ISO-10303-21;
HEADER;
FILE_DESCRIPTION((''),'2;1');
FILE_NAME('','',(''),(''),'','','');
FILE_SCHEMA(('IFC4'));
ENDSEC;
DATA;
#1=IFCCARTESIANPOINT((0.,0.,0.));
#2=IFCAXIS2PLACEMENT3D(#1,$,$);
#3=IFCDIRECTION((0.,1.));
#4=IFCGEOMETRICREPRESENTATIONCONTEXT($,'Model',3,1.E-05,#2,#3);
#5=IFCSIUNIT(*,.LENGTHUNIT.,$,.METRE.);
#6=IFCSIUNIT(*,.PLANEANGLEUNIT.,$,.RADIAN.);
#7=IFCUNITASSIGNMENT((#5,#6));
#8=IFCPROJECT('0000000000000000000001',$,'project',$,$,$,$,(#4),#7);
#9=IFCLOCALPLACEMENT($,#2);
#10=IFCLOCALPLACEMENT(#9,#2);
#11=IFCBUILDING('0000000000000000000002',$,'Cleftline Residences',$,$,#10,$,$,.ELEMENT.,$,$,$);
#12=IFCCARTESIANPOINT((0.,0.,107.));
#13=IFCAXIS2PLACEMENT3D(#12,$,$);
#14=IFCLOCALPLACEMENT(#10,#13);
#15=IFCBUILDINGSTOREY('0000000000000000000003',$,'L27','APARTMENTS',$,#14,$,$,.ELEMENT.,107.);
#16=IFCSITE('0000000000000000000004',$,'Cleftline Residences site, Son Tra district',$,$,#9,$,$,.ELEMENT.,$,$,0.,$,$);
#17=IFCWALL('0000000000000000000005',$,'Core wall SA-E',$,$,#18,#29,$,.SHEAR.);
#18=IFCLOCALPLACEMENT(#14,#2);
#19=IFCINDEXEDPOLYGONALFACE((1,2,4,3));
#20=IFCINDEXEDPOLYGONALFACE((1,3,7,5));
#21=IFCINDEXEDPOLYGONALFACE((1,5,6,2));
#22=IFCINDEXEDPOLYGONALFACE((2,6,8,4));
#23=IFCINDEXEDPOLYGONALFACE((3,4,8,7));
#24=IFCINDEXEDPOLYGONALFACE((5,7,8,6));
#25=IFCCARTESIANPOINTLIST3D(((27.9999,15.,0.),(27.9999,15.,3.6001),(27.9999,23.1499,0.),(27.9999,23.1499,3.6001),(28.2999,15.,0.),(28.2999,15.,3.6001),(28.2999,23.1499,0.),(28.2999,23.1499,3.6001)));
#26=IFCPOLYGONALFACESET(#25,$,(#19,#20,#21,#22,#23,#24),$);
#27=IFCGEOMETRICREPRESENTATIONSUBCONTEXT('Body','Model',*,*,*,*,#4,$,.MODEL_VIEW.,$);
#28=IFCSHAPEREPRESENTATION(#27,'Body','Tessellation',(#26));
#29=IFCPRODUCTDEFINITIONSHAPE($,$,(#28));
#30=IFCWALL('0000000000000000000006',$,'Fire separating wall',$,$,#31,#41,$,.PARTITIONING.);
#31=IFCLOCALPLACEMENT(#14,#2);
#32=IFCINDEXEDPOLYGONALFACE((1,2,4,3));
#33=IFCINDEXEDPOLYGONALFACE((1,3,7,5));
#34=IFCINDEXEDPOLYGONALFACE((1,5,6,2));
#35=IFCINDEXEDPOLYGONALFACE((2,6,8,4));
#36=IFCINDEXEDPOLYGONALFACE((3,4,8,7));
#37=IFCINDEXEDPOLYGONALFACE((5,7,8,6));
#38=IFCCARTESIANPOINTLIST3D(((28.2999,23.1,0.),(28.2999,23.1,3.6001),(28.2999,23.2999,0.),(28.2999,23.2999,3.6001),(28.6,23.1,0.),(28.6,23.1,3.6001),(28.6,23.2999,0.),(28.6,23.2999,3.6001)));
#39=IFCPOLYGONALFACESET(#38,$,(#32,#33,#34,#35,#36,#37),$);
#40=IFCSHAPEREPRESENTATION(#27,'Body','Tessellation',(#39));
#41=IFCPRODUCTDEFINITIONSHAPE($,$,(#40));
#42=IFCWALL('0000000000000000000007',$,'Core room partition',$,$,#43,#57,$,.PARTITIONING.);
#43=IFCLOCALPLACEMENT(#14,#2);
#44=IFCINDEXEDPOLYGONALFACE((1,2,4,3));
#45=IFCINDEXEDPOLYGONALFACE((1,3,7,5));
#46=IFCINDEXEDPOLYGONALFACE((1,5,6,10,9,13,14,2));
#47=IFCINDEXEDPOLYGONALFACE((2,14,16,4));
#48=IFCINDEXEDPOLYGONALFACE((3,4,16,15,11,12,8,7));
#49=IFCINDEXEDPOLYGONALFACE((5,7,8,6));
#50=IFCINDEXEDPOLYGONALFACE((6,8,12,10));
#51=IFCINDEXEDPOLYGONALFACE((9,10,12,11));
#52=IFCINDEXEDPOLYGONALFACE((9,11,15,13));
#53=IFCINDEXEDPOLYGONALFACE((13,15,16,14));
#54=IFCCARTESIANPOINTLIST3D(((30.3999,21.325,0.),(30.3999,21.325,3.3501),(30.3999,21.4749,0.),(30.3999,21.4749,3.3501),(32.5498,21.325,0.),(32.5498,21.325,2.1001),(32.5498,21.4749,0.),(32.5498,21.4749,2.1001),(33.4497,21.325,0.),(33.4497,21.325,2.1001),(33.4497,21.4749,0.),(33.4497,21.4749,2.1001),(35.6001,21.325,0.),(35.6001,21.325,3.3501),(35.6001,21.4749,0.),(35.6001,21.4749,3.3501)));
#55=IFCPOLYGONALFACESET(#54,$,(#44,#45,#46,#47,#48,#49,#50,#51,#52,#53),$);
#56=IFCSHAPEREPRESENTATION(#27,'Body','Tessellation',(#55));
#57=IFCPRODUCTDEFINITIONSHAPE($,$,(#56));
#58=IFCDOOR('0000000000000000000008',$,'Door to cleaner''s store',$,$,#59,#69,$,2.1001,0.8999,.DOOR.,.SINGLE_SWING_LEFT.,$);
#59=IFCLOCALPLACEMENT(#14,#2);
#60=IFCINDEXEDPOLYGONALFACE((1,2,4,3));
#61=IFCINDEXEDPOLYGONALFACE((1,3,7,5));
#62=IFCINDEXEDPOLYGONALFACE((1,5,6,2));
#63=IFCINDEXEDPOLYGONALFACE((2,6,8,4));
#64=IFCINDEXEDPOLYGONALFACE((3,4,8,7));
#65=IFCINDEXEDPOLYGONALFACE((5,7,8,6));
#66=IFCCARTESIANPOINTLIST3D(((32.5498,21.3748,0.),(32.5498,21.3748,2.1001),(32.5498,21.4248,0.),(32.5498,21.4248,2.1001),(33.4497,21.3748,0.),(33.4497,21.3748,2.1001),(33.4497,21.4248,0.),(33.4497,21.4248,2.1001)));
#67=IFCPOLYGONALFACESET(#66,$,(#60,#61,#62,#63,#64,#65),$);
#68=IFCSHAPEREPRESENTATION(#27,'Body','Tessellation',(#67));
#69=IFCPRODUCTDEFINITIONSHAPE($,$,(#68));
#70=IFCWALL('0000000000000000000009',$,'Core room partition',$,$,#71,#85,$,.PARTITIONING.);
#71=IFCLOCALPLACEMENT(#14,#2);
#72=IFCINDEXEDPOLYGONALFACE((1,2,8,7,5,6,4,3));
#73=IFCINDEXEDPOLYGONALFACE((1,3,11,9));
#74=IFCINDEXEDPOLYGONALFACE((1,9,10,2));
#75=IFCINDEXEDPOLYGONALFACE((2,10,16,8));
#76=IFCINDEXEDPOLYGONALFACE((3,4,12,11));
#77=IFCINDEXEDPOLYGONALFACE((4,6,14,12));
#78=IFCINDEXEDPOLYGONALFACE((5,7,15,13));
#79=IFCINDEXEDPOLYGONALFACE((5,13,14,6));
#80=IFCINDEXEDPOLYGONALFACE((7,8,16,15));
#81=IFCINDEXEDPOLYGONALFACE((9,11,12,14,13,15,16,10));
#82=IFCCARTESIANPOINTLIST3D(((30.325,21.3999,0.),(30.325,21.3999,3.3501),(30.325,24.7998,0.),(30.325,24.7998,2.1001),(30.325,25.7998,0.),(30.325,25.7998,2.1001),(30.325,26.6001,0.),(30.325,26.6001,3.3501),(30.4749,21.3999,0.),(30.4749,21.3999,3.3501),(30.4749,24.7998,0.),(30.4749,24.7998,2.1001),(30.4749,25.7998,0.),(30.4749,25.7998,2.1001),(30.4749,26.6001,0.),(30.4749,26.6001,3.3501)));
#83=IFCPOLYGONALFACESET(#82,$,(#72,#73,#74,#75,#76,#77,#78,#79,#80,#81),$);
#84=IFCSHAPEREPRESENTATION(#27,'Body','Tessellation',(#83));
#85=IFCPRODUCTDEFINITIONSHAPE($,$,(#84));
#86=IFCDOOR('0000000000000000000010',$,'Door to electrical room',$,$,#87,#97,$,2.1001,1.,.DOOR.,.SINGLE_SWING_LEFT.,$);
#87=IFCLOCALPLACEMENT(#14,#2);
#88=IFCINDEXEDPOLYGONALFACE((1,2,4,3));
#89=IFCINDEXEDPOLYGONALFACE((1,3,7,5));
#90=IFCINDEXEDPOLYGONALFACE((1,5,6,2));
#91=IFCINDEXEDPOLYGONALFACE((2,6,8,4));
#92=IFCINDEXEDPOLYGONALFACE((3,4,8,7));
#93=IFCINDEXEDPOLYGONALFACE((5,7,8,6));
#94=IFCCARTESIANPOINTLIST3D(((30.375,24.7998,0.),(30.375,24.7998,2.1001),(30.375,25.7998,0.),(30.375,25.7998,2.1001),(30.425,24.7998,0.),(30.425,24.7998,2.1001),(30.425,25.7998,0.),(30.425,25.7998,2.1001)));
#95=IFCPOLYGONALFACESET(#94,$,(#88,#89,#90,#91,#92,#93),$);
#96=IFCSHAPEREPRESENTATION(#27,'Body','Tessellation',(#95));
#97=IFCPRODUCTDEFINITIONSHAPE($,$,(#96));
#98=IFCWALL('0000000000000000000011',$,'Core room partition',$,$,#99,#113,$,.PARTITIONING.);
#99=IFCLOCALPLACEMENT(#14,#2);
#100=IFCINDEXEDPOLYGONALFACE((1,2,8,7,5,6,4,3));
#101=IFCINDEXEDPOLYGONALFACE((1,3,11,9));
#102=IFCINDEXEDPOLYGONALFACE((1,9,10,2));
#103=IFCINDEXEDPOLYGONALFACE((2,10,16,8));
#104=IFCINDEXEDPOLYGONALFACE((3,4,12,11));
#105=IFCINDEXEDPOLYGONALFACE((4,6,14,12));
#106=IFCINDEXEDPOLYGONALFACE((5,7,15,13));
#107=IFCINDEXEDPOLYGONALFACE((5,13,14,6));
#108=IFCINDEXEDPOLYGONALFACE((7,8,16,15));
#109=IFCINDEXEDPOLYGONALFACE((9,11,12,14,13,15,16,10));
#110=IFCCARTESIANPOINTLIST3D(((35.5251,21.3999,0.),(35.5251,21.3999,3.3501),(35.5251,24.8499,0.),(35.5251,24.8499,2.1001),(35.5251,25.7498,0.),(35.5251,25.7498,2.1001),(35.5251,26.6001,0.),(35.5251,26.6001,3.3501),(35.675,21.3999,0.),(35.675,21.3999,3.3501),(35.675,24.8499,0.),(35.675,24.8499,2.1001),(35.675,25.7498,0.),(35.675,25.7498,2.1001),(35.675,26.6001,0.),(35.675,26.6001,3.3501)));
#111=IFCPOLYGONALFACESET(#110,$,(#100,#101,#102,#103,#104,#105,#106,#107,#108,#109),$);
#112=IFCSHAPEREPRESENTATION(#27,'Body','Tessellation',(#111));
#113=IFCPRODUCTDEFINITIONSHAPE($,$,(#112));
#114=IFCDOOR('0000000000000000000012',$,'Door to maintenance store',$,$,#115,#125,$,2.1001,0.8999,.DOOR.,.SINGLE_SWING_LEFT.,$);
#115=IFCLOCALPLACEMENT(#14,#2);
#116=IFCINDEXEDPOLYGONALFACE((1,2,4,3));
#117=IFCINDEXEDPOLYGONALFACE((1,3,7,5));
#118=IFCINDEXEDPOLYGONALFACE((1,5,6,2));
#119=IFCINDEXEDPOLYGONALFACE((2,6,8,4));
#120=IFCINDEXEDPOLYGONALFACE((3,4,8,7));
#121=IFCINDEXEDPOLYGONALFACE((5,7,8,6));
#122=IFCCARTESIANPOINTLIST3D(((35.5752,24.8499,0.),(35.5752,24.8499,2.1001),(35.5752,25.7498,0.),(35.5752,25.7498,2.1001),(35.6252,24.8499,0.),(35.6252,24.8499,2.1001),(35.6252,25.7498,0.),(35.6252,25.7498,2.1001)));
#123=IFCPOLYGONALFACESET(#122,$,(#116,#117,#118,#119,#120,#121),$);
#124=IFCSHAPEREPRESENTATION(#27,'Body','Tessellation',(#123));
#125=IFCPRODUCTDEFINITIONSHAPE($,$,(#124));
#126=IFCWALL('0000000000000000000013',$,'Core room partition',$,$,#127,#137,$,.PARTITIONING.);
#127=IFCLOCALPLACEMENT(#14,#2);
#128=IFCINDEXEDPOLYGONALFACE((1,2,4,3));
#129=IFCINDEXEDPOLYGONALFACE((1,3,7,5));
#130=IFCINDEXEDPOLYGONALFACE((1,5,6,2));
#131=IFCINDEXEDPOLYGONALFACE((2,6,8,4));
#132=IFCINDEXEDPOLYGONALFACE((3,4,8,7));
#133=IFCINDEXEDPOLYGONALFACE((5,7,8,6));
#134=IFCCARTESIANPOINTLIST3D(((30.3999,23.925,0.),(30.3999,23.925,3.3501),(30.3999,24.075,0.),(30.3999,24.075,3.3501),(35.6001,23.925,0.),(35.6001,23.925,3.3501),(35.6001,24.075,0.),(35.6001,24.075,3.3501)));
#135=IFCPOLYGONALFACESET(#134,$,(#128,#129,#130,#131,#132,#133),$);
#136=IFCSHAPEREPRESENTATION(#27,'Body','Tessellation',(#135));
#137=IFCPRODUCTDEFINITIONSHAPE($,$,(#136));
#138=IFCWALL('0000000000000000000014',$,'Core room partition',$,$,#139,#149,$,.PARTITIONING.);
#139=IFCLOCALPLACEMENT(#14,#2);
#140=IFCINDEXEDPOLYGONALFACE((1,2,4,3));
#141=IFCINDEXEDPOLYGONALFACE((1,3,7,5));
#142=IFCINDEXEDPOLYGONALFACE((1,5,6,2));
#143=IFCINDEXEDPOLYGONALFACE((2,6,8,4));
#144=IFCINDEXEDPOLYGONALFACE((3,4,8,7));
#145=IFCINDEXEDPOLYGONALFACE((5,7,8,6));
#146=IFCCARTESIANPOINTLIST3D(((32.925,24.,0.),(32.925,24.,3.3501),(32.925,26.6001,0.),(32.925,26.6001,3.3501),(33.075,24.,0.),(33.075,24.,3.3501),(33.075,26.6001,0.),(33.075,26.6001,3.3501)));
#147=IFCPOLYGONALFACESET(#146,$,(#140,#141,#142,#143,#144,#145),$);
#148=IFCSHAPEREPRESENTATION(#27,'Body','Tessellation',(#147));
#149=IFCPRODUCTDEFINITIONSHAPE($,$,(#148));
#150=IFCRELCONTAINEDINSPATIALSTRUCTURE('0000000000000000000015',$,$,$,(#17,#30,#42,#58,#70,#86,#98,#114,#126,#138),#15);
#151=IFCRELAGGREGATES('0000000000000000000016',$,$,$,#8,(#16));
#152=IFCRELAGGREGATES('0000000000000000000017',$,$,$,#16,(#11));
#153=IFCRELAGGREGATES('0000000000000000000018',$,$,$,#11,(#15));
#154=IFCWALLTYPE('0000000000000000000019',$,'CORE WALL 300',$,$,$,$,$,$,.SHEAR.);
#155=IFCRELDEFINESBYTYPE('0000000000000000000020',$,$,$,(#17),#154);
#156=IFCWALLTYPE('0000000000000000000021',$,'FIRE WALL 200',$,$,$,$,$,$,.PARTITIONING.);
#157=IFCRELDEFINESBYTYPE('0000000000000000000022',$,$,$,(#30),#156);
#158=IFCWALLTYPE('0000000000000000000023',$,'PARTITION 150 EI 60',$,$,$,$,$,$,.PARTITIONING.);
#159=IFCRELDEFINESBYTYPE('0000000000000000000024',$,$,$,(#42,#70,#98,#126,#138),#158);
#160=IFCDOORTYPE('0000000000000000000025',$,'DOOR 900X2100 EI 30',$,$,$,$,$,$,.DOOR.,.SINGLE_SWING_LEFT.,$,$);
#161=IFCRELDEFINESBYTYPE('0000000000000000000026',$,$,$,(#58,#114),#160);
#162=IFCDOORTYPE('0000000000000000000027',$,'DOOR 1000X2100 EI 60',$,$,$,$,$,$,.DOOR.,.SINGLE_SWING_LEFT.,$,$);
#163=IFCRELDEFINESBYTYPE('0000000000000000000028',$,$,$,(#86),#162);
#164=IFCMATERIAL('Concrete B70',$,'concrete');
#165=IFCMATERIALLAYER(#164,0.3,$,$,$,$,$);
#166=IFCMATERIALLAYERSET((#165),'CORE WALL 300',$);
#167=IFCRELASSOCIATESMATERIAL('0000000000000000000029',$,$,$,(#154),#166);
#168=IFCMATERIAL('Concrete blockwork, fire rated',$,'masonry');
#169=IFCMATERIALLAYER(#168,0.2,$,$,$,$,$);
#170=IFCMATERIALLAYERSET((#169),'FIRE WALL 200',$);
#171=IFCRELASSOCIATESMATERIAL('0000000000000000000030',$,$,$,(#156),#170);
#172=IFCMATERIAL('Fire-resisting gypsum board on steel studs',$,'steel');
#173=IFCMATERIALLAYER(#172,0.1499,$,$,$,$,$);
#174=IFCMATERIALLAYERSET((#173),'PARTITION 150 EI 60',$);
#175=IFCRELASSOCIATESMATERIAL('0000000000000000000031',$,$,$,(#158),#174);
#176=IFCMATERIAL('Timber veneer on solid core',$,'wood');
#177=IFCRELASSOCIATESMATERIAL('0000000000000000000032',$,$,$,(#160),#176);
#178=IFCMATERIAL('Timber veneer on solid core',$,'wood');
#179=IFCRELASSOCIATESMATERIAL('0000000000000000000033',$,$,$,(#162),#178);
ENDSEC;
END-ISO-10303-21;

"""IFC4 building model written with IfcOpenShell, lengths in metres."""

from ifc_helpers import new_model, si_unit, direction, frame, frame_2d, origin, place, context, subcontext, project, spatial, rectangle, extrude, material, layer, layer_set, type_object, element, fill, save


model = new_model("IFC4")

# Units and contexts
model_context = context("Model", 3, precision=1e-05, world=origin(), true_north=direction((0.0, 1.0)))
body_context = subcontext(model_context, "Body", "Model", "MODEL_VIEW")
ifc_project = project(units=[si_unit("LENGTHUNIT", "METRE"), si_unit("PLANEANGLEUNIT", "RADIAN")], contexts=[model_context])

# Site, building, storey
site_placement = place(None, origin())
site = spatial("IfcSite", under=ifc_project, at=site_placement, Name="Cleftline Residences site, Son Tra district", CompositionType="ELEMENT", RefElevation=0.0)
building_placement = place(site_placement, origin())
building = spatial("IfcBuilding", under=site, at=building_placement, Name="Cleftline Residences", CompositionType="ELEMENT")
storey_placement = place(building_placement, frame((0.0, 0.0, 107.0)))
storey = spatial("IfcBuildingStorey", under=building, at=storey_placement, Name="L27", Description="APARTMENTS", CompositionType="ELEMENT", Elevation=107.0)

# Walls
ifc_material_1 = material(Name="Concrete B70", Category="concrete")
ifc_layer_1 = layer(ifc_material_1, 0.3)
ifc_layer_set_1 = layer_set([ifc_layer_1], Name="CORE WALL 300")
wall_type_1 = type_object("IfcWallType", Name="CORE WALL 300", PredefinedType="SHEAR", material=ifc_layer_set_1)
wall_1_placement = place(storey_placement, frame((28.1499, 15.0, 0.0), z_axis=(0.0, 0.0, 1.0), x_axis=(0.0, 1.0, 0.0)))
element("IfcWall", 1, at=wall_1_placement, inside=storey, type_object=wall_type_1, Name="Core wall SA-E", PredefinedType="SHEAR", context=body_context, shape_type="SweptSolid", body=[
    extrude(rectangle(XDim=8.1499, YDim=0.3, at=frame_2d((4.075, 0.0))), origin(), (0.0, 0.0, 1.0), 3.6001),
])
ifc_material_2 = material(Name="Concrete blockwork, fire rated", Category="masonry")
ifc_layer_2 = layer(ifc_material_2, 0.2)
ifc_layer_set_2 = layer_set([ifc_layer_2], Name="FIRE WALL 200")
wall_type_2 = type_object("IfcWallType", Name="FIRE WALL 200", PredefinedType="PARTITIONING", material=ifc_layer_set_2)
wall_2_placement = place(storey_placement, frame((28.3, 23.2, 0.0), z_axis=(0.0, 0.0, 1.0), x_axis=(1.0, 0.0, 0.0)))
element("IfcWall", 2, at=wall_2_placement, inside=storey, type_object=wall_type_2, Name="Fire separating wall", PredefinedType="PARTITIONING", context=body_context, shape_type="SweptSolid", body=[
    extrude(rectangle(XDim=0.3, YDim=0.2, at=frame_2d((0.1499, 0.0))), origin(), (0.0, 0.0, 1.0), 3.6001),
])

# Walls, openings, doors
ifc_material_3 = material(Name="Fire-resisting gypsum board on steel studs", Category="steel")
ifc_layer_3 = layer(ifc_material_3, 0.1499)
ifc_layer_set_3 = layer_set([ifc_layer_3], Name="PARTITION 150 EI 60")
wall_type_3 = type_object("IfcWallType", Name="PARTITION 150 EI 60", PredefinedType="PARTITIONING", material=ifc_layer_set_3)
wall_3_placement = place(storey_placement, frame((30.3999, 21.3999, 0.0), z_axis=(0.0, 0.0, 1.0), x_axis=(1.0, 0.0, 0.0)))
wall_3 = element("IfcWall", 3, at=wall_3_placement, inside=storey, type_object=wall_type_3, Name="Core room partition", PredefinedType="PARTITIONING", context=body_context, shape_type="SweptSolid", body=[
    extrude(rectangle(XDim=5.2002, YDim=0.1499, at=frame_2d((2.6001, 0.0))), origin(), (0.0, 0.0, 1.0), 3.3501),
])
opening_1_placement = place(wall_3_placement, frame((2.1499, 0.0, 0.0)))
opening_1 = element("IfcOpeningElement", 4, at=opening_1_placement, cuts=wall_3, PredefinedType="OPENING", context=body_context, shape_type="SweptSolid", body=[
    extrude(rectangle(XDim=0.8999, YDim=2.1001, at=frame_2d((0.45, 1.05))), frame((0.0, 0.085, 0.0), z_axis=(0.0, -1.0, 0.0), x_axis=(1.0, 0.0, 0.0)), (0.0, 0.0, 1.0), 0.1699),
])
ifc_material_4 = material(Name="Timber veneer on solid core", Category="wood")
door_type_1 = type_object("IfcDoorType", Name="DOOR 900X2100 EI 30", OperationType="SINGLE_SWING_LEFT", PredefinedType="DOOR", material=ifc_material_4)
door_1_placement = place(opening_1_placement, origin())
door_1 = element("IfcDoor", 5, at=door_1_placement, inside=storey, type_object=door_type_1, Name="Door to cleaner's store", OperationType="SINGLE_SWING_LEFT", OverallHeight=2.1001, OverallWidth=0.8999, PredefinedType="DOOR", context=body_context, shape_type="SweptSolid", body=[
    extrude(rectangle(XDim=0.8999, YDim=2.1001, at=frame_2d((0.45, 1.05))), frame((0.0, 0.0249, 0.0), z_axis=(0.0, -1.0, 0.0), x_axis=(1.0, 0.0, 0.0)), (0.0, 0.0, 1.0), 0.05),
])
fill(opening_1, door_1)
wall_4_placement = place(storey_placement, frame((30.3999, 21.3999, 0.0), z_axis=(0.0, 0.0, 1.0), x_axis=(0.0, 1.0, 0.0)))
wall_4 = element("IfcWall", 6, at=wall_4_placement, inside=storey, type_object=wall_type_3, Name="Core room partition", PredefinedType="PARTITIONING", context=body_context, shape_type="SweptSolid", body=[
    extrude(rectangle(XDim=5.2002, YDim=0.1499, at=frame_2d((2.6001, 0.0))), origin(), (0.0, 0.0, 1.0), 3.3501),
])
opening_2_placement = place(wall_4_placement, frame((3.3999, 0.0, 0.0)))
opening_2 = element("IfcOpeningElement", 7, at=opening_2_placement, cuts=wall_4, PredefinedType="OPENING", context=body_context, shape_type="SweptSolid", body=[
    extrude(rectangle(XDim=1.0, YDim=2.1001, at=frame_2d((0.5, 1.05))), frame((0.0, 0.085, 0.0), z_axis=(0.0, -1.0, 0.0), x_axis=(1.0, 0.0, 0.0)), (0.0, 0.0, 1.0), 0.1699),
])
ifc_material_5 = material(Name="Timber veneer on solid core", Category="wood")
door_type_2 = type_object("IfcDoorType", Name="DOOR 1000X2100 EI 60", OperationType="SINGLE_SWING_LEFT", PredefinedType="DOOR", material=ifc_material_5)
door_2_placement = place(opening_2_placement, origin())
door_2 = element("IfcDoor", 8, at=door_2_placement, inside=storey, type_object=door_type_2, Name="Door to electrical room", OperationType="SINGLE_SWING_LEFT", OverallHeight=2.1001, OverallWidth=1.0, PredefinedType="DOOR", context=body_context, shape_type="SweptSolid", body=[
    extrude(rectangle(XDim=1.0, YDim=2.1001, at=frame_2d((0.5, 1.05))), frame((0.0, 0.0249, 0.0), z_axis=(0.0, -1.0, 0.0), x_axis=(1.0, 0.0, 0.0)), (0.0, 0.0, 1.0), 0.05),
])
fill(opening_2, door_2)
wall_5_placement = place(storey_placement, frame((35.6001, 21.3999, 0.0), z_axis=(0.0, 0.0, 1.0), x_axis=(0.0, 1.0, 0.0)))
wall_5 = element("IfcWall", 9, at=wall_5_placement, inside=storey, type_object=wall_type_3, Name="Core room partition", PredefinedType="PARTITIONING", context=body_context, shape_type="SweptSolid", body=[
    extrude(rectangle(XDim=5.2002, YDim=0.1499, at=frame_2d((2.6001, 0.0))), origin(), (0.0, 0.0, 1.0), 3.3501),
])
opening_3_placement = place(wall_5_placement, frame((3.45, 0.0, 0.0)))
opening_3 = element("IfcOpeningElement", 10, at=opening_3_placement, cuts=wall_5, PredefinedType="OPENING", context=body_context, shape_type="SweptSolid", body=[
    extrude(rectangle(XDim=0.8999, YDim=2.1001, at=frame_2d((0.45, 1.05))), frame((0.0, 0.085, 0.0), z_axis=(0.0, -1.0, 0.0), x_axis=(1.0, 0.0, 0.0)), (0.0, 0.0, 1.0), 0.1699),
])
door_3_placement = place(opening_3_placement, origin())
door_3 = element("IfcDoor", 11, at=door_3_placement, inside=storey, type_object=door_type_1, Name="Door to maintenance store", OperationType="SINGLE_SWING_LEFT", OverallHeight=2.1001, OverallWidth=0.8999, PredefinedType="DOOR", context=body_context, shape_type="SweptSolid", body=[
    extrude(rectangle(XDim=0.8999, YDim=2.1001, at=frame_2d((0.45, 1.05))), frame((0.0, 0.0249, 0.0), z_axis=(0.0, -1.0, 0.0), x_axis=(1.0, 0.0, 0.0)), (0.0, 0.0, 1.0), 0.05),
])
fill(opening_3, door_3)

# Walls
wall_6_placement = place(storey_placement, frame((30.3999, 24.0, 0.0), z_axis=(0.0, 0.0, 1.0), x_axis=(1.0, 0.0, 0.0)))
element("IfcWall", 12, at=wall_6_placement, inside=storey, type_object=wall_type_3, Name="Core room partition", PredefinedType="PARTITIONING", context=body_context, shape_type="SweptSolid", body=[
    extrude(rectangle(XDim=5.2002, YDim=0.1499, at=frame_2d((2.6001, 0.0))), origin(), (0.0, 0.0, 1.0), 3.3501),
])
wall_7_placement = place(storey_placement, frame((33.0, 24.0, 0.0), z_axis=(0.0, 0.0, 1.0), x_axis=(0.0, 1.0, 0.0)))
element("IfcWall", 13, at=wall_7_placement, inside=storey, type_object=wall_type_3, Name="Core room partition", PredefinedType="PARTITIONING", context=body_context, shape_type="SweptSolid", body=[
    extrude(rectangle(XDim=2.6001, YDim=0.1499, at=frame_2d((1.3, 0.0))), origin(), (0.0, 0.0, 1.0), 3.3501),
])

save(model, "model.ifc")
